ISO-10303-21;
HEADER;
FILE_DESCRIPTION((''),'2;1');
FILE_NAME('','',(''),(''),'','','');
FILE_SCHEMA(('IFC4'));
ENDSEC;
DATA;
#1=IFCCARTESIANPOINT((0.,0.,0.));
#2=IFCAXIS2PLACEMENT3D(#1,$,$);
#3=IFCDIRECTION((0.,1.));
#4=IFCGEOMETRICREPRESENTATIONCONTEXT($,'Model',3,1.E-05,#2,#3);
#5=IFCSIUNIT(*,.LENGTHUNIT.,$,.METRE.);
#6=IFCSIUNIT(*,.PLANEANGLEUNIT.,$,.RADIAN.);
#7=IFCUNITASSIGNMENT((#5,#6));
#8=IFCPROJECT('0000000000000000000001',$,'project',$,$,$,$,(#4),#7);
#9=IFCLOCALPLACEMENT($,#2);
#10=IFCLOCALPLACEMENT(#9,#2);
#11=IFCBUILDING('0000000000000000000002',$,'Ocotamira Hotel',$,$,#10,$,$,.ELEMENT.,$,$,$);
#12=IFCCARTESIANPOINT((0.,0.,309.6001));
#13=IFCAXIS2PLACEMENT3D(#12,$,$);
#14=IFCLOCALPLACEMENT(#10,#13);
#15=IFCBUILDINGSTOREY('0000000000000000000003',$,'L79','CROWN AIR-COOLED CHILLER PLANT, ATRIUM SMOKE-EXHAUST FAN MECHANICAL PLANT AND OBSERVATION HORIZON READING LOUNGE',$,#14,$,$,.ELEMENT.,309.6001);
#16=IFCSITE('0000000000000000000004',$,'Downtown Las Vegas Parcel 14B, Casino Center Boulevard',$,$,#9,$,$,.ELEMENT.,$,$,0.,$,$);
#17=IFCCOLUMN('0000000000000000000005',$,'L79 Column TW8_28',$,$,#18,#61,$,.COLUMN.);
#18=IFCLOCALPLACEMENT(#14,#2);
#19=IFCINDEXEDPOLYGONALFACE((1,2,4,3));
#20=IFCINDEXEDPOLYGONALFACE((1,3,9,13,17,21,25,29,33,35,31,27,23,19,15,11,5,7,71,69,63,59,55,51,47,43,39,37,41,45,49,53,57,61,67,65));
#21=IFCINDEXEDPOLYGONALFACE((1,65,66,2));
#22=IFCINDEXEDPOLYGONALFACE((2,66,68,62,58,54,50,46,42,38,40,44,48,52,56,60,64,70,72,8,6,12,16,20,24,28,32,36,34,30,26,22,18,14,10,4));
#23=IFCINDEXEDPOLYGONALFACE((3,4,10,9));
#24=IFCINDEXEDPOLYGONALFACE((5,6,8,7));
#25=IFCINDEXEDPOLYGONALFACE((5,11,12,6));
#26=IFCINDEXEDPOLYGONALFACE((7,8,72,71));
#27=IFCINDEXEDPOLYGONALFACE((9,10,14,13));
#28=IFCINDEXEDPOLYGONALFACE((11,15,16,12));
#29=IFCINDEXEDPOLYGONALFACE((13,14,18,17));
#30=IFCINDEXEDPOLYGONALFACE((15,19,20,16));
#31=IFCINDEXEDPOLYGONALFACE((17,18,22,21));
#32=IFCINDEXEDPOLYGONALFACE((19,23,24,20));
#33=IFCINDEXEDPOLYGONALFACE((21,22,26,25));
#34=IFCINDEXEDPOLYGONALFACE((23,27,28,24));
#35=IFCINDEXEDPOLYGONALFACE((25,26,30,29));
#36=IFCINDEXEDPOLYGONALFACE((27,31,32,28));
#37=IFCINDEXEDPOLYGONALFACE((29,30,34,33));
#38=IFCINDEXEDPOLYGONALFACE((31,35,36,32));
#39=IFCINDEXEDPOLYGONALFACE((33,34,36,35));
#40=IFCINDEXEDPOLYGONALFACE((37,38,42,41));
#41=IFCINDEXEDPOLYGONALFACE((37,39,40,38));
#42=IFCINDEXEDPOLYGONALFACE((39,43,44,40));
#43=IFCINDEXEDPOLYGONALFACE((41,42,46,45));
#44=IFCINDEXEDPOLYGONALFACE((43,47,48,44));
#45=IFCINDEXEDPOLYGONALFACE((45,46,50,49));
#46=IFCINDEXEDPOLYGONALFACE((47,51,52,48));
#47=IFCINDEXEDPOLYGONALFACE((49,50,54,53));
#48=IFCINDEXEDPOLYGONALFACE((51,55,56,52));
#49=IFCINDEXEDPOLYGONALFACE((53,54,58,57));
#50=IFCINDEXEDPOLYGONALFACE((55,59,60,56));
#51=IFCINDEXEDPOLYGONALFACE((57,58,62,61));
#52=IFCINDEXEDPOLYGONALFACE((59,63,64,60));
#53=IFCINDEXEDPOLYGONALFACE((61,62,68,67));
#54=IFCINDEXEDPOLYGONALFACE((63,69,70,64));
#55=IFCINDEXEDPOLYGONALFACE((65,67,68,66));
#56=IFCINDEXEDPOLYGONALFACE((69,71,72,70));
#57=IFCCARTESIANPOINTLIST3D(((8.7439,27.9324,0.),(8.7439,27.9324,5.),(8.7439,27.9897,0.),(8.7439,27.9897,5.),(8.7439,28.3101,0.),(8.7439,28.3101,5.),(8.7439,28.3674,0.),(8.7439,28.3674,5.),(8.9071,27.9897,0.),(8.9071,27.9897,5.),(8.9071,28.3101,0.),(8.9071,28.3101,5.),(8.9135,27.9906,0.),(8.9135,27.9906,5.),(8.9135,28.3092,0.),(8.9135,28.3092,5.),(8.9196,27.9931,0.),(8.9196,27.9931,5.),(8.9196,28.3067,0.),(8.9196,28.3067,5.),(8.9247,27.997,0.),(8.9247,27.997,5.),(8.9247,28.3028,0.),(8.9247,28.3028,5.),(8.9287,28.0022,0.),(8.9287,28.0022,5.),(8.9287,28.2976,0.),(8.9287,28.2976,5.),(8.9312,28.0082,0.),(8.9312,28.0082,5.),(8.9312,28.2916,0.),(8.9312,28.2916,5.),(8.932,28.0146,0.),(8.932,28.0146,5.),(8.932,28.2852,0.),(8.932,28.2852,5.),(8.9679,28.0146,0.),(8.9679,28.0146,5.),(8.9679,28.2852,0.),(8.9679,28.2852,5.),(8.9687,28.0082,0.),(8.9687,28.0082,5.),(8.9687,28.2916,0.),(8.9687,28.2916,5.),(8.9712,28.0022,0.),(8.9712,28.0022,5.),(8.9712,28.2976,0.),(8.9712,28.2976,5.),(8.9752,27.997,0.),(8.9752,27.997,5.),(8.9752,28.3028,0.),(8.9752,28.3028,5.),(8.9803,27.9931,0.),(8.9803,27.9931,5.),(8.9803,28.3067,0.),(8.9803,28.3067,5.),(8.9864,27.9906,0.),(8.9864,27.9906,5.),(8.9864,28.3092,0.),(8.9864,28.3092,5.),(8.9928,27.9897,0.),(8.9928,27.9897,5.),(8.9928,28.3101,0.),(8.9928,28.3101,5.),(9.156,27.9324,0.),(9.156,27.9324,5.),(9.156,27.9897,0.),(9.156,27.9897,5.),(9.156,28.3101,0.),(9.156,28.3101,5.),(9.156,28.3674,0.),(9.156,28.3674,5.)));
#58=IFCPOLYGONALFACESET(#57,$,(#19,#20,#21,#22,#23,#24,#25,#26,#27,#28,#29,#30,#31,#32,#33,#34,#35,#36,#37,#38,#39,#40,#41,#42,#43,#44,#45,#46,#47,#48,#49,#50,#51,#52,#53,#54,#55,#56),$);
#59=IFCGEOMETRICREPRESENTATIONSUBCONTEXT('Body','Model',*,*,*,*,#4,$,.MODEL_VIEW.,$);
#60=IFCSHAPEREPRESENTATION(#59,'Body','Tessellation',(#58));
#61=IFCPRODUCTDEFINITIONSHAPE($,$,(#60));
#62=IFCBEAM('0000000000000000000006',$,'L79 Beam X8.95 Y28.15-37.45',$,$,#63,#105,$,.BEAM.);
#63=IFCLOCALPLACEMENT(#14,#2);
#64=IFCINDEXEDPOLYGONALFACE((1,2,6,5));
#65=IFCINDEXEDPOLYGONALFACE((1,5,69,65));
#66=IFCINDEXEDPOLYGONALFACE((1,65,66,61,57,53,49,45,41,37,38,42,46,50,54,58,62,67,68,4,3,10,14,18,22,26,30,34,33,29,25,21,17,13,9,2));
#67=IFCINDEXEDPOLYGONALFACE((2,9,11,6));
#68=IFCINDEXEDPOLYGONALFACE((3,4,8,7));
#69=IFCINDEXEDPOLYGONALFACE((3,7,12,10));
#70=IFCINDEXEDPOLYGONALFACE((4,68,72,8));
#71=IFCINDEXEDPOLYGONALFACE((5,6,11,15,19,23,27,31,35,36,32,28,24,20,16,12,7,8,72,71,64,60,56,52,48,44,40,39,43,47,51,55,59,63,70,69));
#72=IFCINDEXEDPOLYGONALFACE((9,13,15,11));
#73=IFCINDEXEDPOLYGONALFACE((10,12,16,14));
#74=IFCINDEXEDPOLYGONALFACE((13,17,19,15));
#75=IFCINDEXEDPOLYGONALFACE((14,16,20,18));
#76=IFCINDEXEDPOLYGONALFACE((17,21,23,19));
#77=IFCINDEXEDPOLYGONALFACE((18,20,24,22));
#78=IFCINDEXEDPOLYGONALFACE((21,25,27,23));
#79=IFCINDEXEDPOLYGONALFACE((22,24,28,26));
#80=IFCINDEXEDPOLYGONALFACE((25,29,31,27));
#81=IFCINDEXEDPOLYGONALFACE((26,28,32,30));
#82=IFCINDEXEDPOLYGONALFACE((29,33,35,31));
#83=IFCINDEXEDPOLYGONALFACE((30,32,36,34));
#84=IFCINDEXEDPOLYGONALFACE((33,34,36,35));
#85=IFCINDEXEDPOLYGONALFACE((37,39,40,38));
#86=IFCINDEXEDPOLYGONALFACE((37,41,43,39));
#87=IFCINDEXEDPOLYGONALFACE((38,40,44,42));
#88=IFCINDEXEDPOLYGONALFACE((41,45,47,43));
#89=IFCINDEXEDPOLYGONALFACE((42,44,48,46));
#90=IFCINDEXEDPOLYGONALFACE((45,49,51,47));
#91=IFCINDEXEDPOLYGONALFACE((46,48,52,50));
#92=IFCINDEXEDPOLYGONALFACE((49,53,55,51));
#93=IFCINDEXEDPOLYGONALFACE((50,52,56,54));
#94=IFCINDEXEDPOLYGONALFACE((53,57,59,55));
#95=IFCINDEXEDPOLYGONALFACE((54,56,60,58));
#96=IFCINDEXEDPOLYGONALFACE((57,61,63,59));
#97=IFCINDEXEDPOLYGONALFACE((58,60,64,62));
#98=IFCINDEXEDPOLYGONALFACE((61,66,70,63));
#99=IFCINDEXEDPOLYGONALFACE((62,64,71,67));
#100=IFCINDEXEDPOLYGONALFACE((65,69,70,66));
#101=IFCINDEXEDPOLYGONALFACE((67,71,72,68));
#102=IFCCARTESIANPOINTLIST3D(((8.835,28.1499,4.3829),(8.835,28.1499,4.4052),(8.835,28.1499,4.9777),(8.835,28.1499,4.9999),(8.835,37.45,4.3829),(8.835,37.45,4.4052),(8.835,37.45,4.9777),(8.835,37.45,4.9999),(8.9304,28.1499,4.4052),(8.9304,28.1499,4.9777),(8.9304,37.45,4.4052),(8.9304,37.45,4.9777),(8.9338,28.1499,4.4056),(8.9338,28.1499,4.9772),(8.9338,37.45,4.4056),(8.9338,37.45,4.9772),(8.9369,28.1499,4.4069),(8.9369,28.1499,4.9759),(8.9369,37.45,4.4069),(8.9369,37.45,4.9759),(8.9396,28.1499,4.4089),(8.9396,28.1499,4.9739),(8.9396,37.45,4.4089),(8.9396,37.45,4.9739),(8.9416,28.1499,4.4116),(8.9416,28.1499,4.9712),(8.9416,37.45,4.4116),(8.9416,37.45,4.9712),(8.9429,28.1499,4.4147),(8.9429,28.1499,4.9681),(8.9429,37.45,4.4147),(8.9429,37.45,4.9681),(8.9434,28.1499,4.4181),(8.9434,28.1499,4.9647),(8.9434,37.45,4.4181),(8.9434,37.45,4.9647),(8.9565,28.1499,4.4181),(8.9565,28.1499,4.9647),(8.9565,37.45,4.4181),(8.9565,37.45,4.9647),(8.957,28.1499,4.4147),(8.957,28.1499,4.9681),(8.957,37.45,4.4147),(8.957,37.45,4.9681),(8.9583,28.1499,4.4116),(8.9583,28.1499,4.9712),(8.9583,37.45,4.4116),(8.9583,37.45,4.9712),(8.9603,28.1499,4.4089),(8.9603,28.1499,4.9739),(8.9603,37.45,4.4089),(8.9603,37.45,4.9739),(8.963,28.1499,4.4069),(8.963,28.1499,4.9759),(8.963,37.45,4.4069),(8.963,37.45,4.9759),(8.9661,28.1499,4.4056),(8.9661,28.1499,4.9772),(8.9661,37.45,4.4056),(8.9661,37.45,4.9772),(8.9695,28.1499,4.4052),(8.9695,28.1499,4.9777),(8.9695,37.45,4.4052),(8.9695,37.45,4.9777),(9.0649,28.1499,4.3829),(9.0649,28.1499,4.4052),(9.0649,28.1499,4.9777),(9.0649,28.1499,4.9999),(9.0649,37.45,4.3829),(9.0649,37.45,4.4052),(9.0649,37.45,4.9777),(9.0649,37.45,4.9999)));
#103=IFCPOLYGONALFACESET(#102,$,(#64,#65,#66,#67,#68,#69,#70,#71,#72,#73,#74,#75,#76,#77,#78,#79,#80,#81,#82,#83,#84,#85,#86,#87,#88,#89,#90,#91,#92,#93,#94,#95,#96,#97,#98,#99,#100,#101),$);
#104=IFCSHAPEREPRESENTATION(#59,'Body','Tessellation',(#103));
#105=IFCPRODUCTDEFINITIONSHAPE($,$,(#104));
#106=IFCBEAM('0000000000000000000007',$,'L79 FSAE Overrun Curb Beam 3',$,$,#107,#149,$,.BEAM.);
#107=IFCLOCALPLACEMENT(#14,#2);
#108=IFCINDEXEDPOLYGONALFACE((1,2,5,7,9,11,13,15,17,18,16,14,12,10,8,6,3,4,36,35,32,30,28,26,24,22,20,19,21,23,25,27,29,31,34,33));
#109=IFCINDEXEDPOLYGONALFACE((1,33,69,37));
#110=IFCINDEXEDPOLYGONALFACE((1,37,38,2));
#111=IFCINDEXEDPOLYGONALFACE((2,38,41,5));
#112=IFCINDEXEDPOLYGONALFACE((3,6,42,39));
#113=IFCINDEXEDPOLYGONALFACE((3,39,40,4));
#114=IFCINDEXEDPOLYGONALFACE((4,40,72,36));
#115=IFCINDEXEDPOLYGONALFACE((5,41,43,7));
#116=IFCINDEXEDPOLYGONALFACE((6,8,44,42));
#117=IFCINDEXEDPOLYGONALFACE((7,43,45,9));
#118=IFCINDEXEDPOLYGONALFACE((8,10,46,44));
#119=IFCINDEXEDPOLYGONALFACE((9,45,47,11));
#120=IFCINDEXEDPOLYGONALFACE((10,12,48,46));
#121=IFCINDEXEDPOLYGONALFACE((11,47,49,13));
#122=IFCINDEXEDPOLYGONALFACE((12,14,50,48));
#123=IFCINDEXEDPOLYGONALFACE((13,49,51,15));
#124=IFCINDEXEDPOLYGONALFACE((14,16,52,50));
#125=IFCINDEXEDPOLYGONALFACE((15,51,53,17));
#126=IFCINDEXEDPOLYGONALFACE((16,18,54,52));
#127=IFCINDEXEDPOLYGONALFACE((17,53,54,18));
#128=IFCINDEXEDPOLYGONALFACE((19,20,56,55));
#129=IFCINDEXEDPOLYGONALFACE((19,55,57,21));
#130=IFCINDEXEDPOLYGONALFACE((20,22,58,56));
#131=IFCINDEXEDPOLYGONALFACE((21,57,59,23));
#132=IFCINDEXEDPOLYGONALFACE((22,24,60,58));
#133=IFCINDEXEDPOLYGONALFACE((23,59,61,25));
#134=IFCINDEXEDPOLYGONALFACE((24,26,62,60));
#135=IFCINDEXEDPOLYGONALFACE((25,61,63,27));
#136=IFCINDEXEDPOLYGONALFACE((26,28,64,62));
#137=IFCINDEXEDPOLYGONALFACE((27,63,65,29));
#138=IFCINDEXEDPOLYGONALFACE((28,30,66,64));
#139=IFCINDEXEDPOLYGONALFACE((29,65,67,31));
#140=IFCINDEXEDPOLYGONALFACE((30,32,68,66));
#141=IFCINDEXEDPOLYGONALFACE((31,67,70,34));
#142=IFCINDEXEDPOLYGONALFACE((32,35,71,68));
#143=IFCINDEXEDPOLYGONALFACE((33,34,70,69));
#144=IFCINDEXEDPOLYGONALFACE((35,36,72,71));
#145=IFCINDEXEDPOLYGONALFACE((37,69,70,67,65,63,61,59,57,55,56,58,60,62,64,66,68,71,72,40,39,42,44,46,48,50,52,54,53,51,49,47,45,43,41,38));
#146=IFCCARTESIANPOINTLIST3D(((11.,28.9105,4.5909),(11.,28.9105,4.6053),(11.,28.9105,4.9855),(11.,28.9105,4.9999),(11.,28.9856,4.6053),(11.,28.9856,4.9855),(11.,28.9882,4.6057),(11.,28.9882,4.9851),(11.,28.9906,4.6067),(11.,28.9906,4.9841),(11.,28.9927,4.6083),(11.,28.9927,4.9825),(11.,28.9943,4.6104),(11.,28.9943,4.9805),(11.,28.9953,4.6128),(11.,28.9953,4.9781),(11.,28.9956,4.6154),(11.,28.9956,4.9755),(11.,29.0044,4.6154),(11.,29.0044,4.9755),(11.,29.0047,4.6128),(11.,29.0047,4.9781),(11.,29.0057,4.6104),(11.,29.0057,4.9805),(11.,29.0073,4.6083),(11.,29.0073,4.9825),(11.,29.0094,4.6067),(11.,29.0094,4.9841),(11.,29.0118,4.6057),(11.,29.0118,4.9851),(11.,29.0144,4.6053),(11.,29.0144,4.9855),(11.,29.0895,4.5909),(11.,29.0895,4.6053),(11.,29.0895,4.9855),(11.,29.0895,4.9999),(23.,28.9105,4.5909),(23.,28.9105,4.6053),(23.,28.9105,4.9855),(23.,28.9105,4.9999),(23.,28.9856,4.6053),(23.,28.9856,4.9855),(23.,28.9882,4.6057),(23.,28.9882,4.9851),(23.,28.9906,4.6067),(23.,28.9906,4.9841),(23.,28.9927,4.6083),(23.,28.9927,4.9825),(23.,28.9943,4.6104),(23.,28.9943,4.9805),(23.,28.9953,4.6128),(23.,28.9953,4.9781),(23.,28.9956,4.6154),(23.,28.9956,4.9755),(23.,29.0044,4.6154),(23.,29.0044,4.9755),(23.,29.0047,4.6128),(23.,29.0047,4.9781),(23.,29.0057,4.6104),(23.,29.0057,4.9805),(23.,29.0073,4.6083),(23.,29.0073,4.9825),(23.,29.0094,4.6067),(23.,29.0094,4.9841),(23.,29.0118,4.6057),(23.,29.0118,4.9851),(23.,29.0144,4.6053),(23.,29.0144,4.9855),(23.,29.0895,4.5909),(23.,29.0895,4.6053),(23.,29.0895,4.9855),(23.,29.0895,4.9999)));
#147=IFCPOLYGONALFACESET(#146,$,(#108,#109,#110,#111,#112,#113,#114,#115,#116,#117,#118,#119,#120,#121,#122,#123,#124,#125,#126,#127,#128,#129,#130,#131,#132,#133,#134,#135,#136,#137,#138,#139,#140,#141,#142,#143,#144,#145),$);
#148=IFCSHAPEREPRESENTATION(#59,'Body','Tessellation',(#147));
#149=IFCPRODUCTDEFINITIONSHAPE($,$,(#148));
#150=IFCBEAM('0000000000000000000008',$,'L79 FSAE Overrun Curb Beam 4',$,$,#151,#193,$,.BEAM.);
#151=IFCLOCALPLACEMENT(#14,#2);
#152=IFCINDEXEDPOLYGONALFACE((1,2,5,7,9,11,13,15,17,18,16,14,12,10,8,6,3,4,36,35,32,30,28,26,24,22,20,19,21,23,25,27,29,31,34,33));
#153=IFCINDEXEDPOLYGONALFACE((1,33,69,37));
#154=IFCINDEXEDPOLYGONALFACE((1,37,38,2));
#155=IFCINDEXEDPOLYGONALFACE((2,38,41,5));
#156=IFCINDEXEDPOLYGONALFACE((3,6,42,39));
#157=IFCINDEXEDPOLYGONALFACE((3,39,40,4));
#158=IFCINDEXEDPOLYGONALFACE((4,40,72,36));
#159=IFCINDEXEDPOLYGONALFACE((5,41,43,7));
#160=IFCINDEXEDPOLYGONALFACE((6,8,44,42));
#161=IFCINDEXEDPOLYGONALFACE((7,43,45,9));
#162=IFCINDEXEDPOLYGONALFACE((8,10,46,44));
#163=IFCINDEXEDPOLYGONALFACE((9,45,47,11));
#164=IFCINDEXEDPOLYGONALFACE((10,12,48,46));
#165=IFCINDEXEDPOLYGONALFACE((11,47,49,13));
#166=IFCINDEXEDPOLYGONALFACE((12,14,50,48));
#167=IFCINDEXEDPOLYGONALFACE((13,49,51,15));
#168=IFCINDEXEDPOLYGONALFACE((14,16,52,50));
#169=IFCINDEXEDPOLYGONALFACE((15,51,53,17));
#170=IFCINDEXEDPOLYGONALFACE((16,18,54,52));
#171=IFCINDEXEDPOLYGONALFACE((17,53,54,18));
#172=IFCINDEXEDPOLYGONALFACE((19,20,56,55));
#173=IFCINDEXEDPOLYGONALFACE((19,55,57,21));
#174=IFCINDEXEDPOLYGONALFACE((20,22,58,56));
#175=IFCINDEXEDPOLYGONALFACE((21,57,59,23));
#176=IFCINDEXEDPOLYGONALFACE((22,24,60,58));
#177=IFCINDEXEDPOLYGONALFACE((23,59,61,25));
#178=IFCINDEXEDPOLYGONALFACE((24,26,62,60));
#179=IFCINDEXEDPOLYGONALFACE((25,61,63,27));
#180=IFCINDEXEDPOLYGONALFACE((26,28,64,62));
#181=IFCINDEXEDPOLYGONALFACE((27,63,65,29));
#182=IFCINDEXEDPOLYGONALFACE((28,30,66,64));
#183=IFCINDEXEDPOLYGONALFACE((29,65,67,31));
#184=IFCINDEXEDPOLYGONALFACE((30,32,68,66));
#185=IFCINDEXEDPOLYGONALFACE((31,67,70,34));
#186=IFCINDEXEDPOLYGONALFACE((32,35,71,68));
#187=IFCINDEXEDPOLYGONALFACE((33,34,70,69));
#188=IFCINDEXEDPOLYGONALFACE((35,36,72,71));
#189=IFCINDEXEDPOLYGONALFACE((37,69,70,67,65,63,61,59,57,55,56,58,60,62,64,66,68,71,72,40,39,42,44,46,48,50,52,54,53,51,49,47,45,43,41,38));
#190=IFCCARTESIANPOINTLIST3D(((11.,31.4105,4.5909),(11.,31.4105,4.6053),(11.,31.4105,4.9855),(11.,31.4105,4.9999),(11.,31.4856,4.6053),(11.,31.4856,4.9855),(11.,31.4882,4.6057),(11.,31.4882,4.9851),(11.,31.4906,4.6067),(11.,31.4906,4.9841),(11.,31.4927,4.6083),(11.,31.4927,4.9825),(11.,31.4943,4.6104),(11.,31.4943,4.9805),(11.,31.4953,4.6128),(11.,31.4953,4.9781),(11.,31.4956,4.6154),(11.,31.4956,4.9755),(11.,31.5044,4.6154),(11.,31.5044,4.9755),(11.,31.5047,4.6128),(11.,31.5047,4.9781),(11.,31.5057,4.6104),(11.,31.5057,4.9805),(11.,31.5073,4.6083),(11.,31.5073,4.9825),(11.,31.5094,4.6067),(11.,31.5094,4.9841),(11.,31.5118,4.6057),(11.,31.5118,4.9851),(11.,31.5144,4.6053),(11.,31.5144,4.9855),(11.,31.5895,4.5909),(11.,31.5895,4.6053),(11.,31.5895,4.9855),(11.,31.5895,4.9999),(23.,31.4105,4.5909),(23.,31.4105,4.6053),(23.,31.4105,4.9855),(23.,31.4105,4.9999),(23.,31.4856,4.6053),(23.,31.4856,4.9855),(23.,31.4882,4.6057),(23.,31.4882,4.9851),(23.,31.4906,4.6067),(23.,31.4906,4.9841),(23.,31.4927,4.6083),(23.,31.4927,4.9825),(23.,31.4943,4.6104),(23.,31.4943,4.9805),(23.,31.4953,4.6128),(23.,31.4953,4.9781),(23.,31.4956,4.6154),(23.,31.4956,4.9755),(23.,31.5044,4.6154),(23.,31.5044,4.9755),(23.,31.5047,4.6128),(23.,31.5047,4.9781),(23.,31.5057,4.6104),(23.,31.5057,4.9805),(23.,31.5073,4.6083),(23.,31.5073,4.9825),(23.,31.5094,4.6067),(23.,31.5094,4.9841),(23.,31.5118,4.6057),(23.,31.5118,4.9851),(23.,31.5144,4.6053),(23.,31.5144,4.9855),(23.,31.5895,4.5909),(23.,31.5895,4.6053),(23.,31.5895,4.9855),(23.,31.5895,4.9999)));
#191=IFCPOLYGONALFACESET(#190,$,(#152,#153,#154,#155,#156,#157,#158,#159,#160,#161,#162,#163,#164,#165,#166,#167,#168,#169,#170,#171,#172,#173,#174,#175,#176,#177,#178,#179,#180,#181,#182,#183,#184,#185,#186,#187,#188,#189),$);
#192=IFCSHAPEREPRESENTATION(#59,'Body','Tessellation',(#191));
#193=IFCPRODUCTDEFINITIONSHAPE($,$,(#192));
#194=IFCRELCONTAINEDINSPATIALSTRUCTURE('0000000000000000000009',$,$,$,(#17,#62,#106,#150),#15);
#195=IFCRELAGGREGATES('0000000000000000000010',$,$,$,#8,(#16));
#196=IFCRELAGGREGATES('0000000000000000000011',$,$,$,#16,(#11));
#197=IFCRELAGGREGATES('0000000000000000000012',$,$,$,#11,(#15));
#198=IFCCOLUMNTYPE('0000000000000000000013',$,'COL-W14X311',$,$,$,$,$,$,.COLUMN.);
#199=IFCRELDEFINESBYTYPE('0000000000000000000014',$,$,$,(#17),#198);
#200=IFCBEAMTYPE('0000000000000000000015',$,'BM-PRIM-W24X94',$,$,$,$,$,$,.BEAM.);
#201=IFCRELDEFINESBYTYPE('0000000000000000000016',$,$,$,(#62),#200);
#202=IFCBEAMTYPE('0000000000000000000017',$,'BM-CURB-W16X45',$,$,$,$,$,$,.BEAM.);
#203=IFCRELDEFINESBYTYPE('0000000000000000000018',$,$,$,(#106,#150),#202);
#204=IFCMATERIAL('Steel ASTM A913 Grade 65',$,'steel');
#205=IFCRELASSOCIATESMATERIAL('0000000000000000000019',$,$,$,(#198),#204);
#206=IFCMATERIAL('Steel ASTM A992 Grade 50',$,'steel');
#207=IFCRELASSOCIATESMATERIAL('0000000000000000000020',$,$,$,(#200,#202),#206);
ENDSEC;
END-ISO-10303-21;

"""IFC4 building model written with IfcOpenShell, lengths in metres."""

from ifc_helpers import new_model, si_unit, direction, frame, origin, origin_2d, place, context, subcontext, project, spatial, i_section, extrude, source, transform, mapped, material, material_profile, profile_set, type_object, element, save


model = new_model("IFC4")

# Units and contexts
model_context = context("Model", 3, precision=1e-05, world=origin(), true_north=direction((0.0, 1.0)))
body_context = subcontext(model_context, "Body", "Model", "MODEL_VIEW")
ifc_project = project(units=[si_unit("LENGTHUNIT", "METRE"), si_unit("PLANEANGLEUNIT", "RADIAN")], contexts=[model_context])

# Site, building, storey
site_placement = place(None, origin())
site = spatial("IfcSite", under=ifc_project, at=site_placement, Name="Downtown Las Vegas Parcel 14B, Casino Center Boulevard", CompositionType="ELEMENT", RefElevation=0.0)
building_placement = place(site_placement, origin())
building = spatial("IfcBuilding", under=site, at=building_placement, Name="Ocotamira Hotel", CompositionType="ELEMENT")
storey_placement = place(building_placement, frame((0.0, 0.0, 309.6001)))
storey = spatial("IfcBuildingStorey", under=building, at=storey_placement, Name="L79", Description="CROWN AIR-COOLED CHILLER PLANT, ATRIUM SMOKE-EXHAUST FAN MECHANICAL PLANT AND OBSERVATION HORIZON READING LOUNGE", CompositionType="ELEMENT", Elevation=309.6001)

# Column
ifc_material_1 = material(Name="Steel ASTM A913 Grade 65", Category="steel")
ifc_material_profile_1 = material_profile(ifc_material_1, i_section(OverallWidth=0.4121, OverallDepth=0.4351, WebThickness=0.0359, FlangeThickness=0.0574, FilletRadius=0.0249, at=origin_2d()), Name="W14X311")
ifc_profile_set_1 = profile_set([ifc_material_profile_1], Name="Steel ASTM A913 Grade 65")
column_type = type_object("IfcColumnType", Name="COL-W14X311", PredefinedType="COLUMN", material=ifc_profile_set_1)
shared_shape_1 = source(origin(), body_context, "Body", "SweptSolid", [
    extrude(i_section(OverallWidth=0.4121, OverallDepth=0.4351, WebThickness=0.0359, FlangeThickness=0.0574, FilletRadius=0.0249, at=origin_2d()), origin(), (0.0, 0.0, 1.0), 5.0),
])
column_placement = place(storey_placement, frame((8.95, 28.1499, 0.0), z_axis=(0.0, 0.0, 1.0), x_axis=(1.0, 0.0, 0.0)))
element("IfcColumn", 1, at=column_placement, inside=storey, type_object=column_type, Name="L79 Column TW8_28", PredefinedType="COLUMN", context=body_context, shape_type="MappedRepresentation", body=[
    mapped(shared_shape_1, transform((0.0, 0.0, 0.0), scale=1.0)),
])

# Beams
ifc_material_2 = material(Name="Steel ASTM A992 Grade 50", Category="steel")
ifc_material_profile_2 = material_profile(ifc_material_2, i_section(OverallWidth=0.23, OverallDepth=0.6169, WebThickness=0.0132, FlangeThickness=0.0222, FilletRadius=0.0129, at=origin_2d()), Name="W24X94")
ifc_profile_set_2 = profile_set([ifc_material_profile_2], Name="Steel ASTM A992 Grade 50")
beam_type_1 = type_object("IfcBeamType", Name="BM-PRIM-W24X94", PredefinedType="BEAM", material=ifc_profile_set_2)
shared_shape_2 = source(origin(), body_context, "Body", "SweptSolid", [
    extrude(i_section(OverallWidth=0.23, OverallDepth=0.6169, WebThickness=0.0132, FlangeThickness=0.0222, FilletRadius=0.0129, at=origin_2d()), origin(), (0.0, 0.0, 1.0), 9.3),
])
beam_placement = place(storey_placement, frame((8.95, 28.1499, 4.6914), z_axis=(0.0, 1.0, 0.0), x_axis=(-1.0, 0.0, 0.0)))
element("IfcBeam", 2, at=beam_placement, inside=storey, type_object=beam_type_1, Name="L79 Beam X8.95 Y28.15-37.45", PredefinedType="BEAM", context=body_context, shape_type="MappedRepresentation", body=[
    mapped(shared_shape_2, transform((0.0, 0.0, 0.0), scale=1.0)),
])
ifc_material_profile_3 = material_profile(ifc_material_2, i_section(OverallWidth=0.179, OverallDepth=0.4089, WebThickness=0.0088, FlangeThickness=0.0144, FilletRadius=0.01, at=origin_2d()), Name="W16X45")
ifc_profile_set_3 = profile_set([ifc_material_profile_3], Name="Steel ASTM A992 Grade 50")
beam_type_2 = type_object("IfcBeamType", Name="BM-CURB-W16X45", PredefinedType="BEAM", material=ifc_profile_set_3)
shared_shape_3 = source(origin(), body_context, "Body", "SweptSolid", [
    extrude(i_section(OverallWidth=0.179, OverallDepth=0.4089, WebThickness=0.0088, FlangeThickness=0.0144, FilletRadius=0.01, at=origin_2d()), origin(), (0.0, 0.0, 1.0), 12.0),
])
for number, where, z_axis, x_axis, name in (
    (3, (11.0, 29.0, 4.7954), (1.0, 0.0, 0.0), (0.0, 1.0, 0.0), "L79 FSAE Overrun Curb Beam 3"),
    (4, (11.0, 31.5, 4.7954), (1.0, 0.0, 0.0), (0.0, 1.0, 0.0), "L79 FSAE Overrun Curb Beam 4"),
):
    element("IfcBeam", number, at=place(storey_placement, frame(where, z_axis=z_axis, x_axis=x_axis)), inside=storey, type_object=beam_type_2, Name=name, PredefinedType="BEAM", context=body_context, shape_type="MappedRepresentation", body=[
        mapped(shared_shape_3, transform((0.0, 0.0, 0.0), scale=1.0)),
    ])

save(model, "model.ifc")
